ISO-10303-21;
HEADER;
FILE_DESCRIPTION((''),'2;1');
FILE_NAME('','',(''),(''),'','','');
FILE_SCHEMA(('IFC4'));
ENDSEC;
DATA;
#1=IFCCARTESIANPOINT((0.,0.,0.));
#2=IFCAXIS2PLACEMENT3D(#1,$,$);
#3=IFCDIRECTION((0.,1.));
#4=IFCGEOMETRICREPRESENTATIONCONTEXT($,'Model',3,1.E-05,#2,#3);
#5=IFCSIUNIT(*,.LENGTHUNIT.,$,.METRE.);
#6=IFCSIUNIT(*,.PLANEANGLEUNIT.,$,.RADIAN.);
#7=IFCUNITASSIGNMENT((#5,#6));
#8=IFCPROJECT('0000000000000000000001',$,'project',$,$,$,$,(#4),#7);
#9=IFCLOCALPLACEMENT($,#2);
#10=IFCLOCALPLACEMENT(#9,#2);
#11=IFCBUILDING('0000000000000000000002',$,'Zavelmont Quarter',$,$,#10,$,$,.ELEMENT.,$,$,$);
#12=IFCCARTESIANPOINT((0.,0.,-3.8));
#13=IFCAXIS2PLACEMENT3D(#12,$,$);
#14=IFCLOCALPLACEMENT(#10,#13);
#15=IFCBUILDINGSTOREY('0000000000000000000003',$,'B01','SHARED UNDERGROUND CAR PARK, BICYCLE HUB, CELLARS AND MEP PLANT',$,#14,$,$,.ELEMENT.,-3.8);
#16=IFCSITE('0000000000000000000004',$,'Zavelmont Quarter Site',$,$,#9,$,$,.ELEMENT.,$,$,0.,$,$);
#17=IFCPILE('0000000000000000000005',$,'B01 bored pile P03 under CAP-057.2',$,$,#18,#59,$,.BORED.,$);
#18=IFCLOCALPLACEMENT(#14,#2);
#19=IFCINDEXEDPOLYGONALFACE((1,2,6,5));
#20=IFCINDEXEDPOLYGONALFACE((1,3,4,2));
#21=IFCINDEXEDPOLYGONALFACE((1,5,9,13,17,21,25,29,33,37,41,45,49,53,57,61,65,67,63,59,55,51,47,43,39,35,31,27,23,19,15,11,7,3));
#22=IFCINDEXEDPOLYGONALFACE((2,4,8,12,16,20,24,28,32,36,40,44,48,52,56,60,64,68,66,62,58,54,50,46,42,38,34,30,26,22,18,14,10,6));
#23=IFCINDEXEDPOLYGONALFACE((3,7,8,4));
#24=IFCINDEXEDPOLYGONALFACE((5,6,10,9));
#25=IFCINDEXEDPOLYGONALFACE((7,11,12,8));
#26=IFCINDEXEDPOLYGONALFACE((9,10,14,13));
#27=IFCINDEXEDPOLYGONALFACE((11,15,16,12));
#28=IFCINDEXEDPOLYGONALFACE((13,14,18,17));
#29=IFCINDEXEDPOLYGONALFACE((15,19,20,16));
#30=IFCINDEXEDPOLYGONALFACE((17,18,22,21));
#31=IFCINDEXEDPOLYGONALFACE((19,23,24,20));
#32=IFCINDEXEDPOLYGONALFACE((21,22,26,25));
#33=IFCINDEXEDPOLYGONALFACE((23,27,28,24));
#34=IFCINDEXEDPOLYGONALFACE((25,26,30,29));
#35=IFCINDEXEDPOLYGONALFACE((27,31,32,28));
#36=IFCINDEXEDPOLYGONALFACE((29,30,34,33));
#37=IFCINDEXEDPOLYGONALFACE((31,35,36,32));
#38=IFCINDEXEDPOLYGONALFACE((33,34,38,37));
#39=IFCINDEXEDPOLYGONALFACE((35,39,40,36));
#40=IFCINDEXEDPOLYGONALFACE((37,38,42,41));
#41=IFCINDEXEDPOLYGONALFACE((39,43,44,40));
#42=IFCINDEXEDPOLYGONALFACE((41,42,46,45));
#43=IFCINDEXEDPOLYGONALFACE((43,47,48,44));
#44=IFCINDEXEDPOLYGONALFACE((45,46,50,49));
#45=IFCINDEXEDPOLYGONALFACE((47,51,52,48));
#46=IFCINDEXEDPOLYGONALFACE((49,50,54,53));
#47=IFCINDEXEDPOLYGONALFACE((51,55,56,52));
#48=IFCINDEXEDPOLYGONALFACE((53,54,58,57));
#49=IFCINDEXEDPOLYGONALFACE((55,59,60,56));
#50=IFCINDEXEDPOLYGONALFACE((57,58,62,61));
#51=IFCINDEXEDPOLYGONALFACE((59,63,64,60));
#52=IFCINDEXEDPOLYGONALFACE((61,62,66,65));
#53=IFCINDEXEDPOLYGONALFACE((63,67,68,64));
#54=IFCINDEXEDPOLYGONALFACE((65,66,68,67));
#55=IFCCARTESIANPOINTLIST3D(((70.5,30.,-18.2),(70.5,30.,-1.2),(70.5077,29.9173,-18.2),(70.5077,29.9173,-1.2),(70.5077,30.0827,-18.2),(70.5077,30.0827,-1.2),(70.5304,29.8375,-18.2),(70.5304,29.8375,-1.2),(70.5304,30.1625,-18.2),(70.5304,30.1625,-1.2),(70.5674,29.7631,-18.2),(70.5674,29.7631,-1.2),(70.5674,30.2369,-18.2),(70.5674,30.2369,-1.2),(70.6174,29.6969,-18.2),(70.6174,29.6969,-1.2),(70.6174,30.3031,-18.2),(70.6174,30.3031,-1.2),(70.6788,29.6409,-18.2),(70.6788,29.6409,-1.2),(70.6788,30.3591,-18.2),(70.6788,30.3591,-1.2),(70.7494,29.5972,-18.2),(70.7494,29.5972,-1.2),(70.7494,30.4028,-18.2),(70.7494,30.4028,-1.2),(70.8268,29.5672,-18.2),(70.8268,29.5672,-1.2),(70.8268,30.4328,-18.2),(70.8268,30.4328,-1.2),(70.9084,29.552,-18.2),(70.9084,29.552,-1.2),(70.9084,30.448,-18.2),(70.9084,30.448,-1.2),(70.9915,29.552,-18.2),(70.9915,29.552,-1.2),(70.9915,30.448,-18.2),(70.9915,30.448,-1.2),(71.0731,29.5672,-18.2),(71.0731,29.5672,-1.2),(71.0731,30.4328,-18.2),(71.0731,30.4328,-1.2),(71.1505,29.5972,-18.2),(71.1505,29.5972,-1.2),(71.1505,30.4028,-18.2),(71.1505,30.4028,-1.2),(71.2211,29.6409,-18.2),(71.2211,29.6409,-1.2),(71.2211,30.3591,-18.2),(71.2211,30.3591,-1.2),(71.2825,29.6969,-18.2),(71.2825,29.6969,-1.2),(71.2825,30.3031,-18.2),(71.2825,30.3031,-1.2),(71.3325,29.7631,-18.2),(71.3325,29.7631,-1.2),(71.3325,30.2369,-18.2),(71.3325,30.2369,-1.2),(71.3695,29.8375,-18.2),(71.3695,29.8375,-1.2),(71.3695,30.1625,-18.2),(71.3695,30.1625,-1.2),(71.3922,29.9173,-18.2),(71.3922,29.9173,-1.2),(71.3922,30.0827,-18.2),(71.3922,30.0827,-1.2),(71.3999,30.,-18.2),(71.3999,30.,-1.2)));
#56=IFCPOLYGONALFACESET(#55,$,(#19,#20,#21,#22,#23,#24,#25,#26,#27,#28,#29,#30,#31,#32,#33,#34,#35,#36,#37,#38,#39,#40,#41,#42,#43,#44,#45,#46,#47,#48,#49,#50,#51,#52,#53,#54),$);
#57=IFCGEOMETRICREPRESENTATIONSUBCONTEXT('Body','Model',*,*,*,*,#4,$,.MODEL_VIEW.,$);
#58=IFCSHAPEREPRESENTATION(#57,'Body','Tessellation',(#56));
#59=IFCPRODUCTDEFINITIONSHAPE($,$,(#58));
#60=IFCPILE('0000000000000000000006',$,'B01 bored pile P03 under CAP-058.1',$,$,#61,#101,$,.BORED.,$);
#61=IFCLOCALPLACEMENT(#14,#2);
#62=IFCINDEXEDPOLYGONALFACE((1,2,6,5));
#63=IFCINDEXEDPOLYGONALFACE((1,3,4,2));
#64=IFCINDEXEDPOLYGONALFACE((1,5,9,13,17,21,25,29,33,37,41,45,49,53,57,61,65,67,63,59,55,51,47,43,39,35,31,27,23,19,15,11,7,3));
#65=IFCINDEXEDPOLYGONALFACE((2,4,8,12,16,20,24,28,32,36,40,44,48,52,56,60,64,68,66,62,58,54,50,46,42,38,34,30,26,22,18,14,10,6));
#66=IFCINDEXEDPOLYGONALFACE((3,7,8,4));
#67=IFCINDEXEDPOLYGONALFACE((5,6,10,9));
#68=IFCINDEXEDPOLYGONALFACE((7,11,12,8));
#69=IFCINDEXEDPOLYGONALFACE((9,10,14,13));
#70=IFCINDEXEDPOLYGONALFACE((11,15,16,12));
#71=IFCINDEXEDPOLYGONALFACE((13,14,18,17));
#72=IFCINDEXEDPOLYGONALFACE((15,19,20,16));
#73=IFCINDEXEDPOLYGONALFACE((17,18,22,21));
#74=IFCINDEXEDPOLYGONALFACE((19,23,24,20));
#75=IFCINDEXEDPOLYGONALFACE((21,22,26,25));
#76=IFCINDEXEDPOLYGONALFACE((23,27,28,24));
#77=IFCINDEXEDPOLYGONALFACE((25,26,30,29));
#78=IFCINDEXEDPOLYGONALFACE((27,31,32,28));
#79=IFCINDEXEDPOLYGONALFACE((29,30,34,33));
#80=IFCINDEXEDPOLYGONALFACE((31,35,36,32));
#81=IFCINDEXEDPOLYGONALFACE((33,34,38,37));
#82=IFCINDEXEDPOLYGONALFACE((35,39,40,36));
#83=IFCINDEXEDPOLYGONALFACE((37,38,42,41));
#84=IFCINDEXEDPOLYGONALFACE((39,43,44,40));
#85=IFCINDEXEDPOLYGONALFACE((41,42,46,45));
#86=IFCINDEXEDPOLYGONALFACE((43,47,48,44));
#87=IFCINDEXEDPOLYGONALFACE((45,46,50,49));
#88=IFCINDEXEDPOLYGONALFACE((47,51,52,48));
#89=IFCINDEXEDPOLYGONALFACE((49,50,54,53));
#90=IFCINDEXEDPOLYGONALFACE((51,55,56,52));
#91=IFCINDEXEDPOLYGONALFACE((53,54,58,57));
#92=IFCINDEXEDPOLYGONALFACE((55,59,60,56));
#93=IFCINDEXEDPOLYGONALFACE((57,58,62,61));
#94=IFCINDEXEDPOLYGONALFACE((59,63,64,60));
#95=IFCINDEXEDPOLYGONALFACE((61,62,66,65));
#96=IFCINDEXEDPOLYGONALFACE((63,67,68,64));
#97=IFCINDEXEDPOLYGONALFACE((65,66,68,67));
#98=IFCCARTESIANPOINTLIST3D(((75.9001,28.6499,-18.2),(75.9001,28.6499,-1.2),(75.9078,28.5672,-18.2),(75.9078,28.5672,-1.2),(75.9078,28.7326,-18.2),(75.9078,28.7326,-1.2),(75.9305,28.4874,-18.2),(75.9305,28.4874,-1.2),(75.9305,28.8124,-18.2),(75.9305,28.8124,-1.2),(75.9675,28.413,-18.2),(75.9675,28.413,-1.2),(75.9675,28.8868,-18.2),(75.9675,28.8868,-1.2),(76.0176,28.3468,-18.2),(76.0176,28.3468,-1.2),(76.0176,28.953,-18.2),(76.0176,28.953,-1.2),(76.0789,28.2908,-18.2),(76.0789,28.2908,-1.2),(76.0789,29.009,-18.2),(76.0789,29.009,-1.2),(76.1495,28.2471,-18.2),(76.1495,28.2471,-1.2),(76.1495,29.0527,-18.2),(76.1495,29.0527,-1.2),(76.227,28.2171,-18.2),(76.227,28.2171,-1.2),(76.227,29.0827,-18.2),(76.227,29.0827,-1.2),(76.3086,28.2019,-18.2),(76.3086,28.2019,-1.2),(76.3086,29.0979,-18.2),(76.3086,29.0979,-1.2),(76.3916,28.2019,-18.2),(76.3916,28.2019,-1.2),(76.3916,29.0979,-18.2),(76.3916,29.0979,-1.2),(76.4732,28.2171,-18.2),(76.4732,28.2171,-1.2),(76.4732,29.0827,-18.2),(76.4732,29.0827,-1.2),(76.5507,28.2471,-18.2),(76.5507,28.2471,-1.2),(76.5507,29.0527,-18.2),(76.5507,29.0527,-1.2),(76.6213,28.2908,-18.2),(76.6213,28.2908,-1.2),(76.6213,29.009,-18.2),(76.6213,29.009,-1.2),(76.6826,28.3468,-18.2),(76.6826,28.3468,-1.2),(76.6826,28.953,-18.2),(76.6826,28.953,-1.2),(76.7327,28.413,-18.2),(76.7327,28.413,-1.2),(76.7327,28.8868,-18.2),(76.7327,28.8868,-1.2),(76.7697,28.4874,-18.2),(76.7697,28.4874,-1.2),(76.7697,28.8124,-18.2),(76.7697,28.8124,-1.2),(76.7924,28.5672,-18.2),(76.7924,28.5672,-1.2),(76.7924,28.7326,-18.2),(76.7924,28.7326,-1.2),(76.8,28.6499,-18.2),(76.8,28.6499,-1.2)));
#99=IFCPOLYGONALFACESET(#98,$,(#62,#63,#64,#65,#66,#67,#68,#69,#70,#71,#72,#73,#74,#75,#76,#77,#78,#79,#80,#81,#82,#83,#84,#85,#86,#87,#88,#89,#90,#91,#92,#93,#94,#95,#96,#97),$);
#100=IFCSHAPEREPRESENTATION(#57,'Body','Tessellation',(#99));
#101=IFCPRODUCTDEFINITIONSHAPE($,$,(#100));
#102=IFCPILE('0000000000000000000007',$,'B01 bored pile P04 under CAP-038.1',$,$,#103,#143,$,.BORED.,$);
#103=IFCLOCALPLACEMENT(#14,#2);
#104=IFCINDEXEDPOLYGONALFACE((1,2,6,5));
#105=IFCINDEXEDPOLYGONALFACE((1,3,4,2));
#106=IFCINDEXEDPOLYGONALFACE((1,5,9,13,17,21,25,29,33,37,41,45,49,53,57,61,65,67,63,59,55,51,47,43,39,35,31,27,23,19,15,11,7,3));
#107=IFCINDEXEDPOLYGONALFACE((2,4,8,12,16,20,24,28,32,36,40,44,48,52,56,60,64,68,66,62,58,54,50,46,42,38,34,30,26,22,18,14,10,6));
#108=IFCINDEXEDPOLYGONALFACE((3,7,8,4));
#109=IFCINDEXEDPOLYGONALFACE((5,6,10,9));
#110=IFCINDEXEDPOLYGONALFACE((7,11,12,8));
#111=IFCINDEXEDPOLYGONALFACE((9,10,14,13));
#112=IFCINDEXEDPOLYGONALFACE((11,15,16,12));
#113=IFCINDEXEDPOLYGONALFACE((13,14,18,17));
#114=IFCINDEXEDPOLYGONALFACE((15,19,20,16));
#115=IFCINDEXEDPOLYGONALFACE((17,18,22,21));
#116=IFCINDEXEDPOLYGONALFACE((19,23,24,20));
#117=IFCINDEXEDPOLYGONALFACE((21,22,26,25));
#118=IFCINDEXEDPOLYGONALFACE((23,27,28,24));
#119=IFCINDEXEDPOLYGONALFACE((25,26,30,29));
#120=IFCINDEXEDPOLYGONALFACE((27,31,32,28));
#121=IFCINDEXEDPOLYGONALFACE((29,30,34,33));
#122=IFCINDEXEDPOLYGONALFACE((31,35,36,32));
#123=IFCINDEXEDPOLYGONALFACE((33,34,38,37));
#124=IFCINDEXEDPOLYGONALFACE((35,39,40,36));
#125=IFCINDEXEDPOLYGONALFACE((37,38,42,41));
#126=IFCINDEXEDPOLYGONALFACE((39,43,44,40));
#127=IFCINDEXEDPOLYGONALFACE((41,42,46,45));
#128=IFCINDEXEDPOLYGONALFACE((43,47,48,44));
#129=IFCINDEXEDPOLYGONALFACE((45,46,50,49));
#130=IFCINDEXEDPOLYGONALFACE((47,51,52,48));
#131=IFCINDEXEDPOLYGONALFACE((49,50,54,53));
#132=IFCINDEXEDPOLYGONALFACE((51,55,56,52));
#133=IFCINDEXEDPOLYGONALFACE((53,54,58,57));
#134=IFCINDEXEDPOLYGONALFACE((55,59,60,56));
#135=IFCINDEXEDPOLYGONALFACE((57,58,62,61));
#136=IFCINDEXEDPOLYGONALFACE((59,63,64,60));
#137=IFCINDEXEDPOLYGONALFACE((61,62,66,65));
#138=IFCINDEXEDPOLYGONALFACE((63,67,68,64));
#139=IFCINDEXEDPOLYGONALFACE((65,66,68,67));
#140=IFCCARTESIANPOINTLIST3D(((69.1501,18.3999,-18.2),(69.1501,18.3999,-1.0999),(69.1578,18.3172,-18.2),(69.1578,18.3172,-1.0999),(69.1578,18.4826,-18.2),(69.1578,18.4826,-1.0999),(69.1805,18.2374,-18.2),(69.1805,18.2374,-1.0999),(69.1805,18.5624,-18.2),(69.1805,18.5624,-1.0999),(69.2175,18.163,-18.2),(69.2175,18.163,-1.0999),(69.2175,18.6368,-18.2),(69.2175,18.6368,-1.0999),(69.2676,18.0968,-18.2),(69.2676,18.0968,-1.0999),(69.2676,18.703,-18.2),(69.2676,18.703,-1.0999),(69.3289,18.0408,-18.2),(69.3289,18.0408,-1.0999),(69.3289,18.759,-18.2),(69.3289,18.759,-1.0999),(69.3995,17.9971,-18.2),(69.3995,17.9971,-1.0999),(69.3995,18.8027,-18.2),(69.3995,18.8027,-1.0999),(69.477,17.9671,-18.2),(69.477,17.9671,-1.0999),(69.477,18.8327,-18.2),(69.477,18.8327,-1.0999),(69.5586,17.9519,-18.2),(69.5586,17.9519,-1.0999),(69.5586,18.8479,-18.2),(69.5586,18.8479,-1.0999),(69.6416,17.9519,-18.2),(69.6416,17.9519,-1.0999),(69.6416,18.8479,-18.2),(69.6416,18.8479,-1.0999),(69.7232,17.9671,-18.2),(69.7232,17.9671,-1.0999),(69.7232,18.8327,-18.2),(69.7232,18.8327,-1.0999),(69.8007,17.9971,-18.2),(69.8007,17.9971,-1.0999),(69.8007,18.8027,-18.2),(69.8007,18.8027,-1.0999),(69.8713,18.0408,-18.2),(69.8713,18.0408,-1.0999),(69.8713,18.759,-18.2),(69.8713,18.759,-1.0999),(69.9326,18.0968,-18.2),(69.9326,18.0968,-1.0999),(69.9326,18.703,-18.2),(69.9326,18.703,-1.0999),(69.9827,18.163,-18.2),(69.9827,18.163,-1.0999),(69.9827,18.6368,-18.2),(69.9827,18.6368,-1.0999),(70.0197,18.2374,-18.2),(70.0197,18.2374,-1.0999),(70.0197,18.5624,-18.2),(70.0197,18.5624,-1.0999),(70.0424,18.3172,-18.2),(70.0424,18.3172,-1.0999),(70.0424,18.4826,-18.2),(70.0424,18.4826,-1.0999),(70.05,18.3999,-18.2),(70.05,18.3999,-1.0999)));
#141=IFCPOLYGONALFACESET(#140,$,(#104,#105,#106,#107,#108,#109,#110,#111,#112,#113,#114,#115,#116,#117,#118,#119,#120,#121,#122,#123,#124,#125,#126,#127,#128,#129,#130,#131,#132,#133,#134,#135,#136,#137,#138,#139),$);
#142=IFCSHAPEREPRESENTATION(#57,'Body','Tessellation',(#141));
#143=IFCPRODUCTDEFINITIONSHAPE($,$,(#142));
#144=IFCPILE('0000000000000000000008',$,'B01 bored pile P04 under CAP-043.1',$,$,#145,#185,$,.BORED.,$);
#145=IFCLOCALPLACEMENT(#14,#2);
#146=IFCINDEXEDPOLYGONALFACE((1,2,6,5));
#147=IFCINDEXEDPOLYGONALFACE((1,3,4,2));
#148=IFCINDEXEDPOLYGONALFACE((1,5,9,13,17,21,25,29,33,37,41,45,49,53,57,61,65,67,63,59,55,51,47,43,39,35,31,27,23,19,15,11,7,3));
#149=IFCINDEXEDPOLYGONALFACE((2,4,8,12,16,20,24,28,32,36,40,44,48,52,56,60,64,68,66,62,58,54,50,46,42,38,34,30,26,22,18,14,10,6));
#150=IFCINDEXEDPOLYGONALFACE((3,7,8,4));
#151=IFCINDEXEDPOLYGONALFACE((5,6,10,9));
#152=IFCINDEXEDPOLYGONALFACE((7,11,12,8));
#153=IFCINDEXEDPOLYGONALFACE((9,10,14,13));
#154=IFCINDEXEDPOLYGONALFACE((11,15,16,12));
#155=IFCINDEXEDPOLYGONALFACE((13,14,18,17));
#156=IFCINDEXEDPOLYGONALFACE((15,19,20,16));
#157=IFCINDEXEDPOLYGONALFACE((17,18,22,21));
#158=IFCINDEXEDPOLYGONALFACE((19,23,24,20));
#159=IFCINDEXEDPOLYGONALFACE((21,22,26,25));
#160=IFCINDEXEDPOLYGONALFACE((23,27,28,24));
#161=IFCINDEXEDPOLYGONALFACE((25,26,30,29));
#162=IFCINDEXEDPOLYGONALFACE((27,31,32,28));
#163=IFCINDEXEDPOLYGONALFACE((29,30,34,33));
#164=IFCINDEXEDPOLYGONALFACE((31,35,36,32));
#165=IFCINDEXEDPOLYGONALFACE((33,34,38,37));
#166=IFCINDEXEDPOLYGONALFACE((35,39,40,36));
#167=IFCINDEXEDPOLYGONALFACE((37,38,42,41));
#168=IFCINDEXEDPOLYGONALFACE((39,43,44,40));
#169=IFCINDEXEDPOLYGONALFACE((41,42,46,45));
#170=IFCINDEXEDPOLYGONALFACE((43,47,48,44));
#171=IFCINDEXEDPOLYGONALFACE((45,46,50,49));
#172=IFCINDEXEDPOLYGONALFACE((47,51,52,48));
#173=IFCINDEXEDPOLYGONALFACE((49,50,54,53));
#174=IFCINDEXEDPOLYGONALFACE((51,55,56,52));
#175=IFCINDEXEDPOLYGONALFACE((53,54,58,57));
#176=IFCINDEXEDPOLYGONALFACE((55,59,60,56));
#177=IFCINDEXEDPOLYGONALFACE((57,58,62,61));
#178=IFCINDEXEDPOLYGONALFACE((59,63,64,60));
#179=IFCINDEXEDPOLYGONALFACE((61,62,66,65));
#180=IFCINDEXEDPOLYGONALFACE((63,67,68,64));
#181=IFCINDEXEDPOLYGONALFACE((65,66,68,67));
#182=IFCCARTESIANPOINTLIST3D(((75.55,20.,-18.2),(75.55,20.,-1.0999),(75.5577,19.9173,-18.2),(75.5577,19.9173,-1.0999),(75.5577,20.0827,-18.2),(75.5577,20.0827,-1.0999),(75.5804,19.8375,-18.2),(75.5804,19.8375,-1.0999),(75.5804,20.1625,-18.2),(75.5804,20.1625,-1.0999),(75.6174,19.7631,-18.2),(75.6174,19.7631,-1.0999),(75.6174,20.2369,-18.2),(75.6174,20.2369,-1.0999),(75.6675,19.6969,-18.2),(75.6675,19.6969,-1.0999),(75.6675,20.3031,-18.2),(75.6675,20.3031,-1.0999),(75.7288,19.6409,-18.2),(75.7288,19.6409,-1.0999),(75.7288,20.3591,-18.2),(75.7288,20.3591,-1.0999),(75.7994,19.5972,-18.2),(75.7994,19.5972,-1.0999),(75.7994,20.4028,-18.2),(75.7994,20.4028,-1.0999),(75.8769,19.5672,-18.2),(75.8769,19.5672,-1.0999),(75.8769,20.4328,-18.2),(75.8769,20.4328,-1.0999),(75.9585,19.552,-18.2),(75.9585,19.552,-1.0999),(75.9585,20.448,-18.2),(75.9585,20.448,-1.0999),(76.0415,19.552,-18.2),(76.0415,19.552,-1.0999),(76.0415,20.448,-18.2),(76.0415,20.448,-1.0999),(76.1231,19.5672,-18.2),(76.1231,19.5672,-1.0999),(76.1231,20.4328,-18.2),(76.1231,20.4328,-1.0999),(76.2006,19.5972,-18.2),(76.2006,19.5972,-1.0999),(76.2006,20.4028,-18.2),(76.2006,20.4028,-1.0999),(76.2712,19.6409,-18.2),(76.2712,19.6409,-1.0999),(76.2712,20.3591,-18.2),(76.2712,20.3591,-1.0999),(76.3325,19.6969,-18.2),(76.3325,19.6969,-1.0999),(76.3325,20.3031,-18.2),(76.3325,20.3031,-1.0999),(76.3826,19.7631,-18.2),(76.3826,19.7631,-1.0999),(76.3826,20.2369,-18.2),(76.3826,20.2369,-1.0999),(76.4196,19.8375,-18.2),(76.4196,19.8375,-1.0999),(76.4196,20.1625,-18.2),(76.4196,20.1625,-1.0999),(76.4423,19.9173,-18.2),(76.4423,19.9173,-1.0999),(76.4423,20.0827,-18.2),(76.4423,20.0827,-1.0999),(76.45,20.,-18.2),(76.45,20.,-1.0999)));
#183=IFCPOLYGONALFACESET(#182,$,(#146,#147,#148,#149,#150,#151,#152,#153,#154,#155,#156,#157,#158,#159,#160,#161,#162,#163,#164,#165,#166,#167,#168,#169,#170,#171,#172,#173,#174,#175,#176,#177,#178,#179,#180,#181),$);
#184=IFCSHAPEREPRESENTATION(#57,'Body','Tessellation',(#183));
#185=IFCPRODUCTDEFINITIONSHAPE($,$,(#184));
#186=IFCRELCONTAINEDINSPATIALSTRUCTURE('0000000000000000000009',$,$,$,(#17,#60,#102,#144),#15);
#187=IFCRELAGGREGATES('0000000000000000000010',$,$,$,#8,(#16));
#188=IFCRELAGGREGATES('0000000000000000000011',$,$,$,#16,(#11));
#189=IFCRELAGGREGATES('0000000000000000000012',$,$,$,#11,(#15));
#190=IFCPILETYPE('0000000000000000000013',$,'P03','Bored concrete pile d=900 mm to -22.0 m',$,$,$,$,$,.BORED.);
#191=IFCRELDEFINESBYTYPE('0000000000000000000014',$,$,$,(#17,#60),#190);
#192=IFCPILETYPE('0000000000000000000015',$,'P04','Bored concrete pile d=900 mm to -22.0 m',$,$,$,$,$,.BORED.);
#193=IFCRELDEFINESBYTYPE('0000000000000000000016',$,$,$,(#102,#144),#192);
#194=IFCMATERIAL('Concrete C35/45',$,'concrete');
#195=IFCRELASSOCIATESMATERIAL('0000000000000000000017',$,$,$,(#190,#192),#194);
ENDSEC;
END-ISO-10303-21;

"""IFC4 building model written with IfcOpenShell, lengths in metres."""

from ifc_helpers import new_model, si_unit, direction, frame, origin, origin_2d, place, context, subcontext, project, spatial, circle, extrude, material, material_profile, profile_set, type_object, element, save


model = new_model("IFC4")

# Units and contexts
model_context = context("Model", 3, precision=1e-05, world=origin(), true_north=direction((0.0, 1.0)))
body_context = subcontext(model_context, "Body", "Model", "MODEL_VIEW")
ifc_project = project(units=[si_unit("LENGTHUNIT", "METRE"), si_unit("PLANEANGLEUNIT", "RADIAN")], contexts=[model_context])

# Site, building, storey
site_placement = place(None, origin())
site = spatial("IfcSite", under=ifc_project, at=site_placement, Name="Zavelmont Quarter Site", CompositionType="ELEMENT", RefElevation=0.0)
building_placement = place(site_placement, origin())
building = spatial("IfcBuilding", under=site, at=building_placement, Name="Zavelmont Quarter", CompositionType="ELEMENT")
storey_placement = place(building_placement, frame((0.0, 0.0, -3.8)))
storey = spatial("IfcBuildingStorey", under=building, at=storey_placement, Name="B01", Description="SHARED UNDERGROUND CAR PARK, BICYCLE HUB, CELLARS AND MEP PLANT", CompositionType="ELEMENT", Elevation=-3.8)

# Shared definitions
ifc_material_1 = material(Name="Concrete C35/45", Category="concrete")

# Piles
ifc_material_profile_1 = material_profile(ifc_material_1, circle(Radius=0.45, at=origin_2d()), Name="BP900")
ifc_profile_set_1 = profile_set([ifc_material_profile_1], Name="Concrete C35/45")
pile_type_1 = type_object("IfcPileType", Name="P03", Description="Bored concrete pile d=900 mm to -22.0 m", PredefinedType="BORED", material=ifc_profile_set_1)
for number, where, z_axis, x_axis, name in (
    (1, (70.95, 30.0, -1.2), (0.0, 0.0, -1.0), (1.0, 0.0, 0.0), "B01 bored pile P03 under CAP-057.2"),
    (2, (76.3501, 28.6499, -1.2), (0.0, 0.0, -1.0), (1.0, 0.0, 0.0), "B01 bored pile P03 under CAP-058.1"),
):
    element("IfcPile", number, at=place(storey_placement, frame(where, z_axis=z_axis, x_axis=x_axis)), inside=storey, type_object=pile_type_1, Name=name, PredefinedType="BORED", context=body_context, shape_type="SweptSolid", body=[
        extrude(circle(Radius=0.45, at=origin_2d()), origin(), (0.0, 0.0, 1.0), 17.0),
    ])
ifc_material_profile_2 = material_profile(ifc_material_1, circle(Radius=0.45, at=origin_2d()), Name="BP900")
ifc_profile_set_2 = profile_set([ifc_material_profile_2], Name="Concrete C35/45")
pile_type_2 = type_object("IfcPileType", Name="P04", Description="Bored concrete pile d=900 mm to -22.0 m", PredefinedType="BORED", material=ifc_profile_set_2)
for number, where, z_axis, x_axis, name in (
    (3, (69.6001, 18.3999, -1.0999), (0.0, 0.0, -1.0), (1.0, 0.0, 0.0), "B01 bored pile P04 under CAP-038.1"),
    (4, (76.0, 20.0, -1.0999), (0.0, 0.0, -1.0), (1.0, 0.0, 0.0), "B01 bored pile P04 under CAP-043.1"),
):
    element("IfcPile", number, at=place(storey_placement, frame(where, z_axis=z_axis, x_axis=x_axis)), inside=storey, type_object=pile_type_2, Name=name, PredefinedType="BORED", context=body_context, shape_type="SweptSolid", body=[
        extrude(circle(Radius=0.45, at=origin_2d()), origin(), (0.0, 0.0, 1.0), 17.1001),
    ])

save(model, "model.ifc")
